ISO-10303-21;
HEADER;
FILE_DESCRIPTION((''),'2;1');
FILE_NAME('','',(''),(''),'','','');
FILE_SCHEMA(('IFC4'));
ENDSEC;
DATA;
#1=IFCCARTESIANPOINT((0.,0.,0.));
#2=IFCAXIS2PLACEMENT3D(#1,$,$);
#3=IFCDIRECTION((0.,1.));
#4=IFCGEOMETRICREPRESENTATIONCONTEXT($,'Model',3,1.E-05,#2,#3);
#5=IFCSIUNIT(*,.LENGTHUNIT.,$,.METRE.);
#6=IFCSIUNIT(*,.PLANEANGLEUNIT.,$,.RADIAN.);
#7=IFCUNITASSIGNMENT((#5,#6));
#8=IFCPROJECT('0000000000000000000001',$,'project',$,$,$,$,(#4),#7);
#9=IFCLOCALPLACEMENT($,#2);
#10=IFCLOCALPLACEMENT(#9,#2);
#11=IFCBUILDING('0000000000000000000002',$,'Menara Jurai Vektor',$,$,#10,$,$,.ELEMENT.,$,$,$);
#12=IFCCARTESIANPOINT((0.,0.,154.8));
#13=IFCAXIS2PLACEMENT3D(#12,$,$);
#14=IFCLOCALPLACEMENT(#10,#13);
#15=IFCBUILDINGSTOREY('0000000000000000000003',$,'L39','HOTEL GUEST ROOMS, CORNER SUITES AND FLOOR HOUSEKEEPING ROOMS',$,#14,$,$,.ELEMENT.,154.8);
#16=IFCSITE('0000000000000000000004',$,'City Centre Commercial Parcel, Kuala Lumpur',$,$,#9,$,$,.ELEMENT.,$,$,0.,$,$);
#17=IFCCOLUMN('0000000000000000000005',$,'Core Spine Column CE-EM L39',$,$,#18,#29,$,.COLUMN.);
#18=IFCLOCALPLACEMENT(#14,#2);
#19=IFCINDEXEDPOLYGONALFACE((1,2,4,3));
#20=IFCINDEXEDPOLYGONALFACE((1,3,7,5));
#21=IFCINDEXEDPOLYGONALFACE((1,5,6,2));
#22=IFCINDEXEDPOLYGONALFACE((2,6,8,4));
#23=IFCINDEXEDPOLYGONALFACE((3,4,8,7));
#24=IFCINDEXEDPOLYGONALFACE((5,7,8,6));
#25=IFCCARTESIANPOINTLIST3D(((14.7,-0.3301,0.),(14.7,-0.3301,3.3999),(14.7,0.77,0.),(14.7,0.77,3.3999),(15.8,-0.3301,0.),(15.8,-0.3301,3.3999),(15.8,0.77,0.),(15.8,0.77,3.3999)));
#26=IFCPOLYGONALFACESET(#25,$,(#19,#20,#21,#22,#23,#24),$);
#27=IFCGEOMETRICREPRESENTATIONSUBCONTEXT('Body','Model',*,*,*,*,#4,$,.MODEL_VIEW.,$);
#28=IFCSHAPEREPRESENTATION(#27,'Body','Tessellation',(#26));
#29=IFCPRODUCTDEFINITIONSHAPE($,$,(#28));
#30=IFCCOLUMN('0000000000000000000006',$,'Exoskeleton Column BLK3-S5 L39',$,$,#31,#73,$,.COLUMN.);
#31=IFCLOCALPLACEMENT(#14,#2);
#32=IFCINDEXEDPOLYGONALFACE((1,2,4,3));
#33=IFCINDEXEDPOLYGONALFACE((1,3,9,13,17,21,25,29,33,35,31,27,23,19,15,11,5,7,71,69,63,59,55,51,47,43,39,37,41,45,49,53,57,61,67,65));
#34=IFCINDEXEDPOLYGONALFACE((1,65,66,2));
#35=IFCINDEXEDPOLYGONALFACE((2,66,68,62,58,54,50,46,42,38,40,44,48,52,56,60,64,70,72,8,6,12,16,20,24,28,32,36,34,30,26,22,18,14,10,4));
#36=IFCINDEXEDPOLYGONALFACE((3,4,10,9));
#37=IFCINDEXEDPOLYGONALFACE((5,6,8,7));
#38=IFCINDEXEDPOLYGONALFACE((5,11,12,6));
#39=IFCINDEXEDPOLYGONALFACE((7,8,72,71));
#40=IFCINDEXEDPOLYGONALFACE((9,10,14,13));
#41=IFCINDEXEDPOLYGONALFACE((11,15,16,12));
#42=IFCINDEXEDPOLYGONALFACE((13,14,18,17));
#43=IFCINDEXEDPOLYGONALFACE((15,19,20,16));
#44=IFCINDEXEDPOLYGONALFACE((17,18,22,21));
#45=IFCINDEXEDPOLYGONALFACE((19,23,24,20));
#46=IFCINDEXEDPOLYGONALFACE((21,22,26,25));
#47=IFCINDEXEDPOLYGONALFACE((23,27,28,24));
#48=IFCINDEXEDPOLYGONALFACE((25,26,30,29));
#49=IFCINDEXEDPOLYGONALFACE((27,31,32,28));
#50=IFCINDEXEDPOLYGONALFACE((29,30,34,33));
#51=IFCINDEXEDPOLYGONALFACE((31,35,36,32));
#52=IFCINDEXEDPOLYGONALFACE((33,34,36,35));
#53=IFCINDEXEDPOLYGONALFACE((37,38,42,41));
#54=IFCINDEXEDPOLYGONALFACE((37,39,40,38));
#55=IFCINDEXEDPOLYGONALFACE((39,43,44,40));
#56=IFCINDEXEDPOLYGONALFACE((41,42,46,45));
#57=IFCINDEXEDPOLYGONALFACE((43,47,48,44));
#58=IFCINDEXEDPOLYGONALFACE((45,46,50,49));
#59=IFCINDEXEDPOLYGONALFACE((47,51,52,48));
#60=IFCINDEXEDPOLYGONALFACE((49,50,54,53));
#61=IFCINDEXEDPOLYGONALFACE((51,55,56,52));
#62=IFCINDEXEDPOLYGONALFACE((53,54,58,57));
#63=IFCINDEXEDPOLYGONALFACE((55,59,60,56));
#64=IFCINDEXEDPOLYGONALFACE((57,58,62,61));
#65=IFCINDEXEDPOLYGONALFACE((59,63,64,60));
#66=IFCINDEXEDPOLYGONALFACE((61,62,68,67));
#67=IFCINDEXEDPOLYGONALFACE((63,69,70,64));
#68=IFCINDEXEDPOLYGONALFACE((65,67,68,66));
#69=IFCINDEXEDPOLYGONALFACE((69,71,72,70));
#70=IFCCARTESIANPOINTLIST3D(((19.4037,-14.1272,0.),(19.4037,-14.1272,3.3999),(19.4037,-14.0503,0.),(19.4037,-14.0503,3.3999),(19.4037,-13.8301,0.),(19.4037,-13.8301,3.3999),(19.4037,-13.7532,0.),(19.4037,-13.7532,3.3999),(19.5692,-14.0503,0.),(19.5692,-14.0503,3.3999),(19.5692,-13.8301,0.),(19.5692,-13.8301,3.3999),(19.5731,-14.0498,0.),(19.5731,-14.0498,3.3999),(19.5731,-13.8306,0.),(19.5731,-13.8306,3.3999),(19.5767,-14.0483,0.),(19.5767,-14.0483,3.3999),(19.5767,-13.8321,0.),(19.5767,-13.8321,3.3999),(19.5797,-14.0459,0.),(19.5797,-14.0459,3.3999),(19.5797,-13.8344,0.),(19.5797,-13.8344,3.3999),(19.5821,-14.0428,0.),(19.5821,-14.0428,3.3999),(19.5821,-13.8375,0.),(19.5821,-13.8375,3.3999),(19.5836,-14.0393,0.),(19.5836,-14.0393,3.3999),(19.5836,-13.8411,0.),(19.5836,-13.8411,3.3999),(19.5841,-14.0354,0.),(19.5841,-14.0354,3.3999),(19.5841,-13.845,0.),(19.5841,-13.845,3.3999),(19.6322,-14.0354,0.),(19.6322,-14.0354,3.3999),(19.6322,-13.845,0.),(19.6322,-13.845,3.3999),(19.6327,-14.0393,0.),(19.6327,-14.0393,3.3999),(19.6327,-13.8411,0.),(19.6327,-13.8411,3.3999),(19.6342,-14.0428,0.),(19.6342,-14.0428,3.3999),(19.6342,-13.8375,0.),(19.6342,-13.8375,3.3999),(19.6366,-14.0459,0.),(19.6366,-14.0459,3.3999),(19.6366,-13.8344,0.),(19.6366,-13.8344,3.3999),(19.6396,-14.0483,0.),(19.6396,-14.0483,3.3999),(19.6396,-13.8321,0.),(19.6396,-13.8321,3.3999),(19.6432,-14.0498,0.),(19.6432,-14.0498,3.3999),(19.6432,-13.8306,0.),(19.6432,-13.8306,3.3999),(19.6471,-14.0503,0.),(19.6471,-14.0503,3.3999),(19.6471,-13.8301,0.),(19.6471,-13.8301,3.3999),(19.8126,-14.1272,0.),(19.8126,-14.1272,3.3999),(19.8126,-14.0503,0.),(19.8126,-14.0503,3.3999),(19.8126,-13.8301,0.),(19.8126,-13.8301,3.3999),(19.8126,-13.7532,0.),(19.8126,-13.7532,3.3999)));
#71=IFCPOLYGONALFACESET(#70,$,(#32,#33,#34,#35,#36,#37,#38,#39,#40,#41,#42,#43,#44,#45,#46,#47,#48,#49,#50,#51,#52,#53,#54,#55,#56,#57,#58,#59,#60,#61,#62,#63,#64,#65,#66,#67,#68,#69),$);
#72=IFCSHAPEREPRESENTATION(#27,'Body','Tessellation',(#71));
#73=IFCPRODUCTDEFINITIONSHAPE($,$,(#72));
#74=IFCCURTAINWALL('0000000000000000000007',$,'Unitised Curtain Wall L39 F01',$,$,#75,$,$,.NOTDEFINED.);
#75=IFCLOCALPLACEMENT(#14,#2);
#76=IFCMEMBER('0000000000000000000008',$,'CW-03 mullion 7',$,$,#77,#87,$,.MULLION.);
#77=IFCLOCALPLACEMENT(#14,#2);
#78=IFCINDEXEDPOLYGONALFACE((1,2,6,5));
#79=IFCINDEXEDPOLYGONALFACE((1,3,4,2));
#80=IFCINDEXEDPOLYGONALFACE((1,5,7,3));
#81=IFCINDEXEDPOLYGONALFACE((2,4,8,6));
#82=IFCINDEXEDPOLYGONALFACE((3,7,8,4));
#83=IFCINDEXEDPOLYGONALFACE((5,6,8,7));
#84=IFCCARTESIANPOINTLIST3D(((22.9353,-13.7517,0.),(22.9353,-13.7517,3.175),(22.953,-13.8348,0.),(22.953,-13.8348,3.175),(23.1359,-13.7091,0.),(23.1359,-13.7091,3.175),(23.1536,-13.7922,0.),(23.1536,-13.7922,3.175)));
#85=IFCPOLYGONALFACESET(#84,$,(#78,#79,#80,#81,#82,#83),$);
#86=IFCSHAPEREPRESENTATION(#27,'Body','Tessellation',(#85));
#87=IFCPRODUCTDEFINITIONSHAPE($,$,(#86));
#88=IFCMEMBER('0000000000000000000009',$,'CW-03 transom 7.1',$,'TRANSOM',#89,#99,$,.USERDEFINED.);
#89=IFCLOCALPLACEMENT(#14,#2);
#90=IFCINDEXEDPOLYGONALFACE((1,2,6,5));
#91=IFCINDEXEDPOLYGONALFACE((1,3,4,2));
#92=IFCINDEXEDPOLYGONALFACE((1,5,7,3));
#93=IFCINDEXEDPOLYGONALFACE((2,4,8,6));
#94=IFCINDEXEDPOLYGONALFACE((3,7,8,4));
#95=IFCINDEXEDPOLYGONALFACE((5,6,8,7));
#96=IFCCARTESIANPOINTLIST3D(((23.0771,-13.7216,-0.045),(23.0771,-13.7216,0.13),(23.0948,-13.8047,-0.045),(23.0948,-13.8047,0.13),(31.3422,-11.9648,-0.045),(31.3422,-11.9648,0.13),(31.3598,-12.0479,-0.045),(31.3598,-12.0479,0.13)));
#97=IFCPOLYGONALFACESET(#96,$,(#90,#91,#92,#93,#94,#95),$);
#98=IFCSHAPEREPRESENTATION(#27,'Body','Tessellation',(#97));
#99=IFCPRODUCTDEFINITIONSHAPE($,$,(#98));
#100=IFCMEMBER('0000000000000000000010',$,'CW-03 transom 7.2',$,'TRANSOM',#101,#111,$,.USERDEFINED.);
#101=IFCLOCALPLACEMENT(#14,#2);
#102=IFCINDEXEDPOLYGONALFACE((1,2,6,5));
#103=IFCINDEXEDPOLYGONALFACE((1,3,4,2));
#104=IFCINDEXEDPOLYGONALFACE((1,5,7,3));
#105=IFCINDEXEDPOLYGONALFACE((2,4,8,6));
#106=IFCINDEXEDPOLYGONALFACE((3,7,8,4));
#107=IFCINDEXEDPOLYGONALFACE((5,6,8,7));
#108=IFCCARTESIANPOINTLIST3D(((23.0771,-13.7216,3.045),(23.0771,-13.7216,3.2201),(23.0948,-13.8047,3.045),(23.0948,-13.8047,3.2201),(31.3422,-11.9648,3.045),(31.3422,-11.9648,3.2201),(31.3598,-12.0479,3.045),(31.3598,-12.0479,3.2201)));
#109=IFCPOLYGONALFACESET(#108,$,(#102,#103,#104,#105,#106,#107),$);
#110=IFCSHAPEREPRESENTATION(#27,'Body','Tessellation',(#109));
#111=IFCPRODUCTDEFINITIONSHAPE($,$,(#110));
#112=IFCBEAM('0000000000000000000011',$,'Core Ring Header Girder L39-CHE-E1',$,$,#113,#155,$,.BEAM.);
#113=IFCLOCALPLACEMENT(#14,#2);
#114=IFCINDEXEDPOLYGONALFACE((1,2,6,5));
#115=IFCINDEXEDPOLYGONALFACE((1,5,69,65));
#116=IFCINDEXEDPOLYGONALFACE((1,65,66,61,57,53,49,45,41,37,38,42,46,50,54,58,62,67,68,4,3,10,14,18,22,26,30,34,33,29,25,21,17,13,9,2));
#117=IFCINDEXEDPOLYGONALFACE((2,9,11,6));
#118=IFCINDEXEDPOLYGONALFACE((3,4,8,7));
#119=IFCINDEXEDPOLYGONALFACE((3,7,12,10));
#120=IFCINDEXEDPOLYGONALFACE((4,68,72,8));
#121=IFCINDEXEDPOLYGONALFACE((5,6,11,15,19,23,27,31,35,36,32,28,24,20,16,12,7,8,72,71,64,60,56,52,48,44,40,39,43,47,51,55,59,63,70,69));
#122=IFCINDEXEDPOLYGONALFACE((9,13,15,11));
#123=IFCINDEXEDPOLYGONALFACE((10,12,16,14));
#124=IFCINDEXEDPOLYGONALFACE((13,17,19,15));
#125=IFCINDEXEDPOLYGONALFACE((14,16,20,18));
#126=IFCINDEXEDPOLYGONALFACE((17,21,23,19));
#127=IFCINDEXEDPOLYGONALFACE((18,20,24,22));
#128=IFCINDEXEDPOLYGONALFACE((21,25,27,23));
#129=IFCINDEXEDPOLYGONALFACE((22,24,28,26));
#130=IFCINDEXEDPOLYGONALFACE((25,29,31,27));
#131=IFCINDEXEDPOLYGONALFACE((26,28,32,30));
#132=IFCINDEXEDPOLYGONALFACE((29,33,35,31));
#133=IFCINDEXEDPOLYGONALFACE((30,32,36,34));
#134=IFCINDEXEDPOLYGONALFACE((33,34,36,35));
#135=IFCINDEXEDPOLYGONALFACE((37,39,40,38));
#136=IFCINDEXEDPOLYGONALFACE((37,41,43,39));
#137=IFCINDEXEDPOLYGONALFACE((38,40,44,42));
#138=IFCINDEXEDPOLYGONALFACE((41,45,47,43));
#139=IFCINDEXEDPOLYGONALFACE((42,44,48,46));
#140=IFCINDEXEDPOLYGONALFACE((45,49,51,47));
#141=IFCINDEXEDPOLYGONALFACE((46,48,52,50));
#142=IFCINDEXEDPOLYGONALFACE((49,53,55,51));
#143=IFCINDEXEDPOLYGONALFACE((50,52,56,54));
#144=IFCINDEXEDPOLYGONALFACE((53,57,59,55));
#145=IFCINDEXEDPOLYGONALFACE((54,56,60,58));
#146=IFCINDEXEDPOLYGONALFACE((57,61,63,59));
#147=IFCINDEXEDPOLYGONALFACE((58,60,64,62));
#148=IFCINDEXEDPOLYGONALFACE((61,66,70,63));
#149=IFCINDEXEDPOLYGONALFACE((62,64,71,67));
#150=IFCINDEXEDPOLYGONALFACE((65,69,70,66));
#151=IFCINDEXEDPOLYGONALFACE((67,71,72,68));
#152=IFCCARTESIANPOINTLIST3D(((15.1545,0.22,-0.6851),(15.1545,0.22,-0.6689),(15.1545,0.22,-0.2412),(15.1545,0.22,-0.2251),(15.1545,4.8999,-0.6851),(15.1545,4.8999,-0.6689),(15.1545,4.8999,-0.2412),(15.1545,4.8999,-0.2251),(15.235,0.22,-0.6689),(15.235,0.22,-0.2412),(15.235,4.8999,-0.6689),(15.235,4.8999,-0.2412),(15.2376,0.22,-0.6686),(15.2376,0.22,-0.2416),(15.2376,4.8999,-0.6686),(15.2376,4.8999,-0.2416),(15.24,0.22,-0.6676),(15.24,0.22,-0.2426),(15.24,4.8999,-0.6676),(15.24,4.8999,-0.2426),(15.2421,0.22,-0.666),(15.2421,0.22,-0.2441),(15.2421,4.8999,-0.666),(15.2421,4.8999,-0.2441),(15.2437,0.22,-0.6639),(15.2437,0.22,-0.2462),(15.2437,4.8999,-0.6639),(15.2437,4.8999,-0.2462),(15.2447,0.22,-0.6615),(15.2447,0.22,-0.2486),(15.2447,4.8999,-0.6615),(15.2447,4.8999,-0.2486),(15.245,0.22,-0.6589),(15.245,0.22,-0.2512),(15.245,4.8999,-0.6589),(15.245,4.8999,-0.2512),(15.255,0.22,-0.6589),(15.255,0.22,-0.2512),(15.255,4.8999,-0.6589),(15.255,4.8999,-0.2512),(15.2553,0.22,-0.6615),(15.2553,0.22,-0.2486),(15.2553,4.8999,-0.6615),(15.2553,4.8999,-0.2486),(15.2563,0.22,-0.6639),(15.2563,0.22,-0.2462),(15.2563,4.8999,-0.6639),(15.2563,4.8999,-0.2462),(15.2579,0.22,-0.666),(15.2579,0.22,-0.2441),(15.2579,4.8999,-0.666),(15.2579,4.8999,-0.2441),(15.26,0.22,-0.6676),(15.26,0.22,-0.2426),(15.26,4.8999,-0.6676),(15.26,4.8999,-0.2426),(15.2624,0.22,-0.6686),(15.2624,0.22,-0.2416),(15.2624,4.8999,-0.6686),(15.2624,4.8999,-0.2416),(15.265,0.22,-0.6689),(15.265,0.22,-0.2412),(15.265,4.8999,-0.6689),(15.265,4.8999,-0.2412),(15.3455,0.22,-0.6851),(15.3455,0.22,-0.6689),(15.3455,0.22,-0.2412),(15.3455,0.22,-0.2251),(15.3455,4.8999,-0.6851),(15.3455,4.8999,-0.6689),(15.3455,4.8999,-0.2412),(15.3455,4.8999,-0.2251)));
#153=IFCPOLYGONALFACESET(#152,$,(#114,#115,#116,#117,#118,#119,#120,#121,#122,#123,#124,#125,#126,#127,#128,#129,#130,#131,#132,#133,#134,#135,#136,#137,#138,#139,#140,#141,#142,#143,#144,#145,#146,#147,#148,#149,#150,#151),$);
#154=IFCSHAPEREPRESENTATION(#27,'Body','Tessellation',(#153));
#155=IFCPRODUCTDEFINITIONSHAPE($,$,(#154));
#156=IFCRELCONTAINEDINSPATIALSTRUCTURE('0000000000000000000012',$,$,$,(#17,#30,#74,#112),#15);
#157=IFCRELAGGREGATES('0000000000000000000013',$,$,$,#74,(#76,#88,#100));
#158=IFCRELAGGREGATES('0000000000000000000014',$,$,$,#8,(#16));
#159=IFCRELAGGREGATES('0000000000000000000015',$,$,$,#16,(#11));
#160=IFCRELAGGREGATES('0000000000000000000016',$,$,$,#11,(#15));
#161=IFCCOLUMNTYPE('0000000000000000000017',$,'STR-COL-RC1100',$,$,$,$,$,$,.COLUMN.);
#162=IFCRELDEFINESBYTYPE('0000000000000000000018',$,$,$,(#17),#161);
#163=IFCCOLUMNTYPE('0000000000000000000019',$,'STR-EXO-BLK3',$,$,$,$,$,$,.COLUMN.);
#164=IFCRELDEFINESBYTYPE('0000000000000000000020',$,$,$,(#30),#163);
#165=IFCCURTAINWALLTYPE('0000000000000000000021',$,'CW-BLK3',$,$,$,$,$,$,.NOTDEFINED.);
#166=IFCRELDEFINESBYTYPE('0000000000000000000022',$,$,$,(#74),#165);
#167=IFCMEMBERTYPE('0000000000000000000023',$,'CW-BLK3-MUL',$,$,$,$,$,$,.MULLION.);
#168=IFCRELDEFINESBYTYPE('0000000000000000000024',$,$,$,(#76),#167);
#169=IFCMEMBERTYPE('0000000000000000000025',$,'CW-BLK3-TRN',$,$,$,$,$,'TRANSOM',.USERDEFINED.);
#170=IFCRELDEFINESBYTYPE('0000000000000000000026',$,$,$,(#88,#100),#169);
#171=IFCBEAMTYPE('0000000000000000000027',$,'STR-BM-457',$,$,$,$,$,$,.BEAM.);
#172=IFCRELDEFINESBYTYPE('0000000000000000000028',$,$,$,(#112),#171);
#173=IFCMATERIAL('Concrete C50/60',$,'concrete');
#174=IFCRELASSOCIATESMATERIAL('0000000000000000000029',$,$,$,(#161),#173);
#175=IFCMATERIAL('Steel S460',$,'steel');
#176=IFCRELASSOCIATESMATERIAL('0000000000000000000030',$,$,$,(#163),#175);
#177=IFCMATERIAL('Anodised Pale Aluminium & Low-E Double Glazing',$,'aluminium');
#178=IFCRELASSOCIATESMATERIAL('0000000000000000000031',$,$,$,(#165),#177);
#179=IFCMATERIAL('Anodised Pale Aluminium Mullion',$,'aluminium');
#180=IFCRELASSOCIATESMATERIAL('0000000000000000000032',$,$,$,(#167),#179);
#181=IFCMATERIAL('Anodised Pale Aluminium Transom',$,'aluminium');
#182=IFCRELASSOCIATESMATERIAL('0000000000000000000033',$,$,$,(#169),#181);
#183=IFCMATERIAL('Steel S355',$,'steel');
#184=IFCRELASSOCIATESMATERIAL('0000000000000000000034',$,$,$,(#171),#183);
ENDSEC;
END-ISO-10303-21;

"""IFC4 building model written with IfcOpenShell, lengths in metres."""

from ifc_helpers import new_model, si_unit, direction, frame, origin, origin_2d, place, context, subcontext, project, spatial, rectangle, i_section, extrude, material, material_profile, profile_set, type_object, element, aggregate, save


model = new_model("IFC4")

# Units and contexts
model_context = context("Model", 3, precision=1e-05, world=origin(), true_north=direction((0.0, 1.0)))
body_context = subcontext(model_context, "Body", "Model", "MODEL_VIEW")
ifc_project = project(units=[si_unit("LENGTHUNIT", "METRE"), si_unit("PLANEANGLEUNIT", "RADIAN")], contexts=[model_context])

# Site, building, storey
site_placement = place(None, origin())
site = spatial("IfcSite", under=ifc_project, at=site_placement, Name="City Centre Commercial Parcel, Kuala Lumpur", CompositionType="ELEMENT", RefElevation=0.0)
building_placement = place(site_placement, origin())
building = spatial("IfcBuilding", under=site, at=building_placement, Name="Menara Jurai Vektor", CompositionType="ELEMENT")
storey_placement = place(building_placement, frame((0.0, 0.0, 154.8)))
storey = spatial("IfcBuildingStorey", under=building, at=storey_placement, Name="L39", Description="HOTEL GUEST ROOMS, CORNER SUITES AND FLOOR HOUSEKEEPING ROOMS", CompositionType="ELEMENT", Elevation=154.8)

# Columns
ifc_material_1 = material(Name="Concrete C50/60", Category="concrete")
ifc_material_profile_1 = material_profile(ifc_material_1, rectangle(XDim=1.1001, YDim=1.1001, at=origin_2d()), Name="RC 1100x1100")
ifc_profile_set_1 = profile_set([ifc_material_profile_1], Name="Concrete C50/60")
column_type_1 = type_object("IfcColumnType", Name="STR-COL-RC1100", PredefinedType="COLUMN", material=ifc_profile_set_1)
column_1_placement = place(storey_placement, frame((15.25, 0.22, 0.0), z_axis=(0.0, 0.0, 1.0), x_axis=(1.0, 0.0, 0.0)))
element("IfcColumn", 1, at=column_1_placement, inside=storey, type_object=column_type_1, Name="Core Spine Column CE-EM L39", PredefinedType="COLUMN", context=body_context, shape_type="SweptSolid", body=[
    extrude(rectangle(XDim=1.1001, YDim=1.1001, at=origin_2d()), origin(), (0.0, 0.0, 1.0), 3.3999),
])
ifc_material_2 = material(Name="Steel S460", Category="steel")
ifc_material_profile_2 = material_profile(ifc_material_2, i_section(OverallWidth=0.4089, OverallDepth=0.374, WebThickness=0.0481, FlangeThickness=0.0769, FilletRadius=0.0149, at=origin_2d()), Name="HD 400x634")
ifc_profile_set_2 = profile_set([ifc_material_profile_2], Name="Steel S460")
column_type_2 = type_object("IfcColumnType", Name="STR-EXO-BLK3", PredefinedType="COLUMN", material=ifc_profile_set_2)
column_2_placement = place(storey_placement, frame((19.6082, -13.9402, 0.0), z_axis=(0.0, 0.0, 1.0), x_axis=(1.0, 0.0, 0.0)))
element("IfcColumn", 2, at=column_2_placement, inside=storey, type_object=column_type_2, Name="Exoskeleton Column BLK3-S5 L39", PredefinedType="COLUMN", context=body_context, shape_type="SweptSolid", body=[
    extrude(i_section(OverallWidth=0.4089, OverallDepth=0.374, WebThickness=0.0481, FlangeThickness=0.0769, FilletRadius=0.0149, at=origin_2d()), origin(), (0.0, 0.0, 1.0), 3.3999),
])

# Curtain wall, members
ifc_material_3 = material(Name="Anodised Pale Aluminium & Low-E Double Glazing", Category="aluminium")
curtain_wall_type = type_object("IfcCurtainWallType", Name="CW-BLK3", PredefinedType="NOTDEFINED", material=ifc_material_3)
curtain_wall_placement = place(storey_placement, origin())
curtain_wall = element("IfcCurtainWall", 3, at=curtain_wall_placement, inside=storey, type_object=curtain_wall_type, Name="Unitised Curtain Wall L39 F01", PredefinedType="NOTDEFINED")
ifc_material_4 = material(Name="Anodised Pale Aluminium Mullion", Category="aluminium")
ifc_material_profile_3 = material_profile(ifc_material_4, rectangle(XDim=0.085, YDim=0.2051, at=origin_2d()), Name="ALU MUL 85x205")
ifc_profile_set_3 = profile_set([ifc_material_profile_3], Name="Anodised Pale Aluminium Mullion")
member_type_1 = type_object("IfcMemberType", Name="CW-BLK3-MUL", PredefinedType="MULLION", material=ifc_profile_set_3)
member_1_placement = place(storey_placement, frame((23.0444, -13.772, 0.0), z_axis=(0.0, 0.0, 1.0), x_axis=(-0.207911, 0.978148, 0.0)))
member_1 = element("IfcMember", 4, at=member_1_placement, type_object=member_type_1, Name="CW-03 mullion 7", PredefinedType="MULLION", context=body_context, shape_type="SweptSolid", body=[
    extrude(rectangle(XDim=0.085, YDim=0.2051, at=origin_2d()), origin(), (0.0, 0.0, 1.0), 3.175),
])
ifc_material_5 = material(Name="Anodised Pale Aluminium Transom", Category="aluminium")
ifc_material_profile_4 = material_profile(ifc_material_5, rectangle(XDim=0.085, YDim=0.175, at=origin_2d()), Name="ALU TRN 85x175")
ifc_profile_set_4 = profile_set([ifc_material_profile_4], Name="Anodised Pale Aluminium Transom")
member_type_2 = type_object("IfcMemberType", Name="CW-BLK3-TRN", ElementType="TRANSOM", PredefinedType="USERDEFINED", material=ifc_profile_set_4)
member_2_placement = place(storey_placement, frame((23.0859, -13.7632, 0.0425), z_axis=(0.978147, 0.207915, 0.0), x_axis=(-0.207915, 0.978147, 0.0)))
member_2 = element("IfcMember", 5, at=member_2_placement, type_object=member_type_2, Name="CW-03 transom 7.1", ObjectType="TRANSOM", PredefinedType="USERDEFINED", context=body_context, shape_type="SweptSolid", body=[
    extrude(rectangle(XDim=0.085, YDim=0.175, at=origin_2d()), origin(), (0.0, 0.0, 1.0), 8.4497),
])
member_3_placement = place(storey_placement, frame((23.0859, -13.7632, 3.1326), z_axis=(0.978147, 0.207915, 0.0), x_axis=(-0.207915, 0.978147, 0.0)))
member_3 = element("IfcMember", 6, at=member_3_placement, type_object=member_type_2, Name="CW-03 transom 7.2", ObjectType="TRANSOM", PredefinedType="USERDEFINED", context=body_context, shape_type="SweptSolid", body=[
    extrude(rectangle(XDim=0.085, YDim=0.175, at=origin_2d()), origin(), (0.0, 0.0, 1.0), 8.4497),
])

# Beam
ifc_material_6 = material(Name="Steel S355", Category="steel")
ifc_material_profile_5 = material_profile(ifc_material_6, i_section(OverallWidth=0.1909, OverallDepth=0.46, WebThickness=0.01, FlangeThickness=0.0161, FilletRadius=0.01, at=origin_2d()), Name="UKB 457x191x82")
ifc_profile_set_5 = profile_set([ifc_material_profile_5], Name="Steel S355")
beam_type_1 = type_object("IfcBeamType", Name="STR-BM-457", PredefinedType="BEAM", material=ifc_profile_set_5)
beam_1_placement = place(storey_placement, frame((15.25, 0.22, -0.4551), z_axis=(0.0, 1.0, 0.0), x_axis=(-1.0, 0.0, 0.0)))
element("IfcBeam", 7, at=beam_1_placement, inside=storey, type_object=beam_type_1, Name="Core Ring Header Girder L39-CHE-E1", PredefinedType="BEAM", context=body_context, shape_type="SweptSolid", body=[
    extrude(i_section(OverallWidth=0.1909, OverallDepth=0.46, WebThickness=0.01, FlangeThickness=0.0161, FilletRadius=0.01, at=origin_2d()), origin(), (0.0, 0.0, 1.0), 4.6799),
])

aggregate(curtain_wall, [member_1, member_2, member_3])

save(model, "model.ifc")
